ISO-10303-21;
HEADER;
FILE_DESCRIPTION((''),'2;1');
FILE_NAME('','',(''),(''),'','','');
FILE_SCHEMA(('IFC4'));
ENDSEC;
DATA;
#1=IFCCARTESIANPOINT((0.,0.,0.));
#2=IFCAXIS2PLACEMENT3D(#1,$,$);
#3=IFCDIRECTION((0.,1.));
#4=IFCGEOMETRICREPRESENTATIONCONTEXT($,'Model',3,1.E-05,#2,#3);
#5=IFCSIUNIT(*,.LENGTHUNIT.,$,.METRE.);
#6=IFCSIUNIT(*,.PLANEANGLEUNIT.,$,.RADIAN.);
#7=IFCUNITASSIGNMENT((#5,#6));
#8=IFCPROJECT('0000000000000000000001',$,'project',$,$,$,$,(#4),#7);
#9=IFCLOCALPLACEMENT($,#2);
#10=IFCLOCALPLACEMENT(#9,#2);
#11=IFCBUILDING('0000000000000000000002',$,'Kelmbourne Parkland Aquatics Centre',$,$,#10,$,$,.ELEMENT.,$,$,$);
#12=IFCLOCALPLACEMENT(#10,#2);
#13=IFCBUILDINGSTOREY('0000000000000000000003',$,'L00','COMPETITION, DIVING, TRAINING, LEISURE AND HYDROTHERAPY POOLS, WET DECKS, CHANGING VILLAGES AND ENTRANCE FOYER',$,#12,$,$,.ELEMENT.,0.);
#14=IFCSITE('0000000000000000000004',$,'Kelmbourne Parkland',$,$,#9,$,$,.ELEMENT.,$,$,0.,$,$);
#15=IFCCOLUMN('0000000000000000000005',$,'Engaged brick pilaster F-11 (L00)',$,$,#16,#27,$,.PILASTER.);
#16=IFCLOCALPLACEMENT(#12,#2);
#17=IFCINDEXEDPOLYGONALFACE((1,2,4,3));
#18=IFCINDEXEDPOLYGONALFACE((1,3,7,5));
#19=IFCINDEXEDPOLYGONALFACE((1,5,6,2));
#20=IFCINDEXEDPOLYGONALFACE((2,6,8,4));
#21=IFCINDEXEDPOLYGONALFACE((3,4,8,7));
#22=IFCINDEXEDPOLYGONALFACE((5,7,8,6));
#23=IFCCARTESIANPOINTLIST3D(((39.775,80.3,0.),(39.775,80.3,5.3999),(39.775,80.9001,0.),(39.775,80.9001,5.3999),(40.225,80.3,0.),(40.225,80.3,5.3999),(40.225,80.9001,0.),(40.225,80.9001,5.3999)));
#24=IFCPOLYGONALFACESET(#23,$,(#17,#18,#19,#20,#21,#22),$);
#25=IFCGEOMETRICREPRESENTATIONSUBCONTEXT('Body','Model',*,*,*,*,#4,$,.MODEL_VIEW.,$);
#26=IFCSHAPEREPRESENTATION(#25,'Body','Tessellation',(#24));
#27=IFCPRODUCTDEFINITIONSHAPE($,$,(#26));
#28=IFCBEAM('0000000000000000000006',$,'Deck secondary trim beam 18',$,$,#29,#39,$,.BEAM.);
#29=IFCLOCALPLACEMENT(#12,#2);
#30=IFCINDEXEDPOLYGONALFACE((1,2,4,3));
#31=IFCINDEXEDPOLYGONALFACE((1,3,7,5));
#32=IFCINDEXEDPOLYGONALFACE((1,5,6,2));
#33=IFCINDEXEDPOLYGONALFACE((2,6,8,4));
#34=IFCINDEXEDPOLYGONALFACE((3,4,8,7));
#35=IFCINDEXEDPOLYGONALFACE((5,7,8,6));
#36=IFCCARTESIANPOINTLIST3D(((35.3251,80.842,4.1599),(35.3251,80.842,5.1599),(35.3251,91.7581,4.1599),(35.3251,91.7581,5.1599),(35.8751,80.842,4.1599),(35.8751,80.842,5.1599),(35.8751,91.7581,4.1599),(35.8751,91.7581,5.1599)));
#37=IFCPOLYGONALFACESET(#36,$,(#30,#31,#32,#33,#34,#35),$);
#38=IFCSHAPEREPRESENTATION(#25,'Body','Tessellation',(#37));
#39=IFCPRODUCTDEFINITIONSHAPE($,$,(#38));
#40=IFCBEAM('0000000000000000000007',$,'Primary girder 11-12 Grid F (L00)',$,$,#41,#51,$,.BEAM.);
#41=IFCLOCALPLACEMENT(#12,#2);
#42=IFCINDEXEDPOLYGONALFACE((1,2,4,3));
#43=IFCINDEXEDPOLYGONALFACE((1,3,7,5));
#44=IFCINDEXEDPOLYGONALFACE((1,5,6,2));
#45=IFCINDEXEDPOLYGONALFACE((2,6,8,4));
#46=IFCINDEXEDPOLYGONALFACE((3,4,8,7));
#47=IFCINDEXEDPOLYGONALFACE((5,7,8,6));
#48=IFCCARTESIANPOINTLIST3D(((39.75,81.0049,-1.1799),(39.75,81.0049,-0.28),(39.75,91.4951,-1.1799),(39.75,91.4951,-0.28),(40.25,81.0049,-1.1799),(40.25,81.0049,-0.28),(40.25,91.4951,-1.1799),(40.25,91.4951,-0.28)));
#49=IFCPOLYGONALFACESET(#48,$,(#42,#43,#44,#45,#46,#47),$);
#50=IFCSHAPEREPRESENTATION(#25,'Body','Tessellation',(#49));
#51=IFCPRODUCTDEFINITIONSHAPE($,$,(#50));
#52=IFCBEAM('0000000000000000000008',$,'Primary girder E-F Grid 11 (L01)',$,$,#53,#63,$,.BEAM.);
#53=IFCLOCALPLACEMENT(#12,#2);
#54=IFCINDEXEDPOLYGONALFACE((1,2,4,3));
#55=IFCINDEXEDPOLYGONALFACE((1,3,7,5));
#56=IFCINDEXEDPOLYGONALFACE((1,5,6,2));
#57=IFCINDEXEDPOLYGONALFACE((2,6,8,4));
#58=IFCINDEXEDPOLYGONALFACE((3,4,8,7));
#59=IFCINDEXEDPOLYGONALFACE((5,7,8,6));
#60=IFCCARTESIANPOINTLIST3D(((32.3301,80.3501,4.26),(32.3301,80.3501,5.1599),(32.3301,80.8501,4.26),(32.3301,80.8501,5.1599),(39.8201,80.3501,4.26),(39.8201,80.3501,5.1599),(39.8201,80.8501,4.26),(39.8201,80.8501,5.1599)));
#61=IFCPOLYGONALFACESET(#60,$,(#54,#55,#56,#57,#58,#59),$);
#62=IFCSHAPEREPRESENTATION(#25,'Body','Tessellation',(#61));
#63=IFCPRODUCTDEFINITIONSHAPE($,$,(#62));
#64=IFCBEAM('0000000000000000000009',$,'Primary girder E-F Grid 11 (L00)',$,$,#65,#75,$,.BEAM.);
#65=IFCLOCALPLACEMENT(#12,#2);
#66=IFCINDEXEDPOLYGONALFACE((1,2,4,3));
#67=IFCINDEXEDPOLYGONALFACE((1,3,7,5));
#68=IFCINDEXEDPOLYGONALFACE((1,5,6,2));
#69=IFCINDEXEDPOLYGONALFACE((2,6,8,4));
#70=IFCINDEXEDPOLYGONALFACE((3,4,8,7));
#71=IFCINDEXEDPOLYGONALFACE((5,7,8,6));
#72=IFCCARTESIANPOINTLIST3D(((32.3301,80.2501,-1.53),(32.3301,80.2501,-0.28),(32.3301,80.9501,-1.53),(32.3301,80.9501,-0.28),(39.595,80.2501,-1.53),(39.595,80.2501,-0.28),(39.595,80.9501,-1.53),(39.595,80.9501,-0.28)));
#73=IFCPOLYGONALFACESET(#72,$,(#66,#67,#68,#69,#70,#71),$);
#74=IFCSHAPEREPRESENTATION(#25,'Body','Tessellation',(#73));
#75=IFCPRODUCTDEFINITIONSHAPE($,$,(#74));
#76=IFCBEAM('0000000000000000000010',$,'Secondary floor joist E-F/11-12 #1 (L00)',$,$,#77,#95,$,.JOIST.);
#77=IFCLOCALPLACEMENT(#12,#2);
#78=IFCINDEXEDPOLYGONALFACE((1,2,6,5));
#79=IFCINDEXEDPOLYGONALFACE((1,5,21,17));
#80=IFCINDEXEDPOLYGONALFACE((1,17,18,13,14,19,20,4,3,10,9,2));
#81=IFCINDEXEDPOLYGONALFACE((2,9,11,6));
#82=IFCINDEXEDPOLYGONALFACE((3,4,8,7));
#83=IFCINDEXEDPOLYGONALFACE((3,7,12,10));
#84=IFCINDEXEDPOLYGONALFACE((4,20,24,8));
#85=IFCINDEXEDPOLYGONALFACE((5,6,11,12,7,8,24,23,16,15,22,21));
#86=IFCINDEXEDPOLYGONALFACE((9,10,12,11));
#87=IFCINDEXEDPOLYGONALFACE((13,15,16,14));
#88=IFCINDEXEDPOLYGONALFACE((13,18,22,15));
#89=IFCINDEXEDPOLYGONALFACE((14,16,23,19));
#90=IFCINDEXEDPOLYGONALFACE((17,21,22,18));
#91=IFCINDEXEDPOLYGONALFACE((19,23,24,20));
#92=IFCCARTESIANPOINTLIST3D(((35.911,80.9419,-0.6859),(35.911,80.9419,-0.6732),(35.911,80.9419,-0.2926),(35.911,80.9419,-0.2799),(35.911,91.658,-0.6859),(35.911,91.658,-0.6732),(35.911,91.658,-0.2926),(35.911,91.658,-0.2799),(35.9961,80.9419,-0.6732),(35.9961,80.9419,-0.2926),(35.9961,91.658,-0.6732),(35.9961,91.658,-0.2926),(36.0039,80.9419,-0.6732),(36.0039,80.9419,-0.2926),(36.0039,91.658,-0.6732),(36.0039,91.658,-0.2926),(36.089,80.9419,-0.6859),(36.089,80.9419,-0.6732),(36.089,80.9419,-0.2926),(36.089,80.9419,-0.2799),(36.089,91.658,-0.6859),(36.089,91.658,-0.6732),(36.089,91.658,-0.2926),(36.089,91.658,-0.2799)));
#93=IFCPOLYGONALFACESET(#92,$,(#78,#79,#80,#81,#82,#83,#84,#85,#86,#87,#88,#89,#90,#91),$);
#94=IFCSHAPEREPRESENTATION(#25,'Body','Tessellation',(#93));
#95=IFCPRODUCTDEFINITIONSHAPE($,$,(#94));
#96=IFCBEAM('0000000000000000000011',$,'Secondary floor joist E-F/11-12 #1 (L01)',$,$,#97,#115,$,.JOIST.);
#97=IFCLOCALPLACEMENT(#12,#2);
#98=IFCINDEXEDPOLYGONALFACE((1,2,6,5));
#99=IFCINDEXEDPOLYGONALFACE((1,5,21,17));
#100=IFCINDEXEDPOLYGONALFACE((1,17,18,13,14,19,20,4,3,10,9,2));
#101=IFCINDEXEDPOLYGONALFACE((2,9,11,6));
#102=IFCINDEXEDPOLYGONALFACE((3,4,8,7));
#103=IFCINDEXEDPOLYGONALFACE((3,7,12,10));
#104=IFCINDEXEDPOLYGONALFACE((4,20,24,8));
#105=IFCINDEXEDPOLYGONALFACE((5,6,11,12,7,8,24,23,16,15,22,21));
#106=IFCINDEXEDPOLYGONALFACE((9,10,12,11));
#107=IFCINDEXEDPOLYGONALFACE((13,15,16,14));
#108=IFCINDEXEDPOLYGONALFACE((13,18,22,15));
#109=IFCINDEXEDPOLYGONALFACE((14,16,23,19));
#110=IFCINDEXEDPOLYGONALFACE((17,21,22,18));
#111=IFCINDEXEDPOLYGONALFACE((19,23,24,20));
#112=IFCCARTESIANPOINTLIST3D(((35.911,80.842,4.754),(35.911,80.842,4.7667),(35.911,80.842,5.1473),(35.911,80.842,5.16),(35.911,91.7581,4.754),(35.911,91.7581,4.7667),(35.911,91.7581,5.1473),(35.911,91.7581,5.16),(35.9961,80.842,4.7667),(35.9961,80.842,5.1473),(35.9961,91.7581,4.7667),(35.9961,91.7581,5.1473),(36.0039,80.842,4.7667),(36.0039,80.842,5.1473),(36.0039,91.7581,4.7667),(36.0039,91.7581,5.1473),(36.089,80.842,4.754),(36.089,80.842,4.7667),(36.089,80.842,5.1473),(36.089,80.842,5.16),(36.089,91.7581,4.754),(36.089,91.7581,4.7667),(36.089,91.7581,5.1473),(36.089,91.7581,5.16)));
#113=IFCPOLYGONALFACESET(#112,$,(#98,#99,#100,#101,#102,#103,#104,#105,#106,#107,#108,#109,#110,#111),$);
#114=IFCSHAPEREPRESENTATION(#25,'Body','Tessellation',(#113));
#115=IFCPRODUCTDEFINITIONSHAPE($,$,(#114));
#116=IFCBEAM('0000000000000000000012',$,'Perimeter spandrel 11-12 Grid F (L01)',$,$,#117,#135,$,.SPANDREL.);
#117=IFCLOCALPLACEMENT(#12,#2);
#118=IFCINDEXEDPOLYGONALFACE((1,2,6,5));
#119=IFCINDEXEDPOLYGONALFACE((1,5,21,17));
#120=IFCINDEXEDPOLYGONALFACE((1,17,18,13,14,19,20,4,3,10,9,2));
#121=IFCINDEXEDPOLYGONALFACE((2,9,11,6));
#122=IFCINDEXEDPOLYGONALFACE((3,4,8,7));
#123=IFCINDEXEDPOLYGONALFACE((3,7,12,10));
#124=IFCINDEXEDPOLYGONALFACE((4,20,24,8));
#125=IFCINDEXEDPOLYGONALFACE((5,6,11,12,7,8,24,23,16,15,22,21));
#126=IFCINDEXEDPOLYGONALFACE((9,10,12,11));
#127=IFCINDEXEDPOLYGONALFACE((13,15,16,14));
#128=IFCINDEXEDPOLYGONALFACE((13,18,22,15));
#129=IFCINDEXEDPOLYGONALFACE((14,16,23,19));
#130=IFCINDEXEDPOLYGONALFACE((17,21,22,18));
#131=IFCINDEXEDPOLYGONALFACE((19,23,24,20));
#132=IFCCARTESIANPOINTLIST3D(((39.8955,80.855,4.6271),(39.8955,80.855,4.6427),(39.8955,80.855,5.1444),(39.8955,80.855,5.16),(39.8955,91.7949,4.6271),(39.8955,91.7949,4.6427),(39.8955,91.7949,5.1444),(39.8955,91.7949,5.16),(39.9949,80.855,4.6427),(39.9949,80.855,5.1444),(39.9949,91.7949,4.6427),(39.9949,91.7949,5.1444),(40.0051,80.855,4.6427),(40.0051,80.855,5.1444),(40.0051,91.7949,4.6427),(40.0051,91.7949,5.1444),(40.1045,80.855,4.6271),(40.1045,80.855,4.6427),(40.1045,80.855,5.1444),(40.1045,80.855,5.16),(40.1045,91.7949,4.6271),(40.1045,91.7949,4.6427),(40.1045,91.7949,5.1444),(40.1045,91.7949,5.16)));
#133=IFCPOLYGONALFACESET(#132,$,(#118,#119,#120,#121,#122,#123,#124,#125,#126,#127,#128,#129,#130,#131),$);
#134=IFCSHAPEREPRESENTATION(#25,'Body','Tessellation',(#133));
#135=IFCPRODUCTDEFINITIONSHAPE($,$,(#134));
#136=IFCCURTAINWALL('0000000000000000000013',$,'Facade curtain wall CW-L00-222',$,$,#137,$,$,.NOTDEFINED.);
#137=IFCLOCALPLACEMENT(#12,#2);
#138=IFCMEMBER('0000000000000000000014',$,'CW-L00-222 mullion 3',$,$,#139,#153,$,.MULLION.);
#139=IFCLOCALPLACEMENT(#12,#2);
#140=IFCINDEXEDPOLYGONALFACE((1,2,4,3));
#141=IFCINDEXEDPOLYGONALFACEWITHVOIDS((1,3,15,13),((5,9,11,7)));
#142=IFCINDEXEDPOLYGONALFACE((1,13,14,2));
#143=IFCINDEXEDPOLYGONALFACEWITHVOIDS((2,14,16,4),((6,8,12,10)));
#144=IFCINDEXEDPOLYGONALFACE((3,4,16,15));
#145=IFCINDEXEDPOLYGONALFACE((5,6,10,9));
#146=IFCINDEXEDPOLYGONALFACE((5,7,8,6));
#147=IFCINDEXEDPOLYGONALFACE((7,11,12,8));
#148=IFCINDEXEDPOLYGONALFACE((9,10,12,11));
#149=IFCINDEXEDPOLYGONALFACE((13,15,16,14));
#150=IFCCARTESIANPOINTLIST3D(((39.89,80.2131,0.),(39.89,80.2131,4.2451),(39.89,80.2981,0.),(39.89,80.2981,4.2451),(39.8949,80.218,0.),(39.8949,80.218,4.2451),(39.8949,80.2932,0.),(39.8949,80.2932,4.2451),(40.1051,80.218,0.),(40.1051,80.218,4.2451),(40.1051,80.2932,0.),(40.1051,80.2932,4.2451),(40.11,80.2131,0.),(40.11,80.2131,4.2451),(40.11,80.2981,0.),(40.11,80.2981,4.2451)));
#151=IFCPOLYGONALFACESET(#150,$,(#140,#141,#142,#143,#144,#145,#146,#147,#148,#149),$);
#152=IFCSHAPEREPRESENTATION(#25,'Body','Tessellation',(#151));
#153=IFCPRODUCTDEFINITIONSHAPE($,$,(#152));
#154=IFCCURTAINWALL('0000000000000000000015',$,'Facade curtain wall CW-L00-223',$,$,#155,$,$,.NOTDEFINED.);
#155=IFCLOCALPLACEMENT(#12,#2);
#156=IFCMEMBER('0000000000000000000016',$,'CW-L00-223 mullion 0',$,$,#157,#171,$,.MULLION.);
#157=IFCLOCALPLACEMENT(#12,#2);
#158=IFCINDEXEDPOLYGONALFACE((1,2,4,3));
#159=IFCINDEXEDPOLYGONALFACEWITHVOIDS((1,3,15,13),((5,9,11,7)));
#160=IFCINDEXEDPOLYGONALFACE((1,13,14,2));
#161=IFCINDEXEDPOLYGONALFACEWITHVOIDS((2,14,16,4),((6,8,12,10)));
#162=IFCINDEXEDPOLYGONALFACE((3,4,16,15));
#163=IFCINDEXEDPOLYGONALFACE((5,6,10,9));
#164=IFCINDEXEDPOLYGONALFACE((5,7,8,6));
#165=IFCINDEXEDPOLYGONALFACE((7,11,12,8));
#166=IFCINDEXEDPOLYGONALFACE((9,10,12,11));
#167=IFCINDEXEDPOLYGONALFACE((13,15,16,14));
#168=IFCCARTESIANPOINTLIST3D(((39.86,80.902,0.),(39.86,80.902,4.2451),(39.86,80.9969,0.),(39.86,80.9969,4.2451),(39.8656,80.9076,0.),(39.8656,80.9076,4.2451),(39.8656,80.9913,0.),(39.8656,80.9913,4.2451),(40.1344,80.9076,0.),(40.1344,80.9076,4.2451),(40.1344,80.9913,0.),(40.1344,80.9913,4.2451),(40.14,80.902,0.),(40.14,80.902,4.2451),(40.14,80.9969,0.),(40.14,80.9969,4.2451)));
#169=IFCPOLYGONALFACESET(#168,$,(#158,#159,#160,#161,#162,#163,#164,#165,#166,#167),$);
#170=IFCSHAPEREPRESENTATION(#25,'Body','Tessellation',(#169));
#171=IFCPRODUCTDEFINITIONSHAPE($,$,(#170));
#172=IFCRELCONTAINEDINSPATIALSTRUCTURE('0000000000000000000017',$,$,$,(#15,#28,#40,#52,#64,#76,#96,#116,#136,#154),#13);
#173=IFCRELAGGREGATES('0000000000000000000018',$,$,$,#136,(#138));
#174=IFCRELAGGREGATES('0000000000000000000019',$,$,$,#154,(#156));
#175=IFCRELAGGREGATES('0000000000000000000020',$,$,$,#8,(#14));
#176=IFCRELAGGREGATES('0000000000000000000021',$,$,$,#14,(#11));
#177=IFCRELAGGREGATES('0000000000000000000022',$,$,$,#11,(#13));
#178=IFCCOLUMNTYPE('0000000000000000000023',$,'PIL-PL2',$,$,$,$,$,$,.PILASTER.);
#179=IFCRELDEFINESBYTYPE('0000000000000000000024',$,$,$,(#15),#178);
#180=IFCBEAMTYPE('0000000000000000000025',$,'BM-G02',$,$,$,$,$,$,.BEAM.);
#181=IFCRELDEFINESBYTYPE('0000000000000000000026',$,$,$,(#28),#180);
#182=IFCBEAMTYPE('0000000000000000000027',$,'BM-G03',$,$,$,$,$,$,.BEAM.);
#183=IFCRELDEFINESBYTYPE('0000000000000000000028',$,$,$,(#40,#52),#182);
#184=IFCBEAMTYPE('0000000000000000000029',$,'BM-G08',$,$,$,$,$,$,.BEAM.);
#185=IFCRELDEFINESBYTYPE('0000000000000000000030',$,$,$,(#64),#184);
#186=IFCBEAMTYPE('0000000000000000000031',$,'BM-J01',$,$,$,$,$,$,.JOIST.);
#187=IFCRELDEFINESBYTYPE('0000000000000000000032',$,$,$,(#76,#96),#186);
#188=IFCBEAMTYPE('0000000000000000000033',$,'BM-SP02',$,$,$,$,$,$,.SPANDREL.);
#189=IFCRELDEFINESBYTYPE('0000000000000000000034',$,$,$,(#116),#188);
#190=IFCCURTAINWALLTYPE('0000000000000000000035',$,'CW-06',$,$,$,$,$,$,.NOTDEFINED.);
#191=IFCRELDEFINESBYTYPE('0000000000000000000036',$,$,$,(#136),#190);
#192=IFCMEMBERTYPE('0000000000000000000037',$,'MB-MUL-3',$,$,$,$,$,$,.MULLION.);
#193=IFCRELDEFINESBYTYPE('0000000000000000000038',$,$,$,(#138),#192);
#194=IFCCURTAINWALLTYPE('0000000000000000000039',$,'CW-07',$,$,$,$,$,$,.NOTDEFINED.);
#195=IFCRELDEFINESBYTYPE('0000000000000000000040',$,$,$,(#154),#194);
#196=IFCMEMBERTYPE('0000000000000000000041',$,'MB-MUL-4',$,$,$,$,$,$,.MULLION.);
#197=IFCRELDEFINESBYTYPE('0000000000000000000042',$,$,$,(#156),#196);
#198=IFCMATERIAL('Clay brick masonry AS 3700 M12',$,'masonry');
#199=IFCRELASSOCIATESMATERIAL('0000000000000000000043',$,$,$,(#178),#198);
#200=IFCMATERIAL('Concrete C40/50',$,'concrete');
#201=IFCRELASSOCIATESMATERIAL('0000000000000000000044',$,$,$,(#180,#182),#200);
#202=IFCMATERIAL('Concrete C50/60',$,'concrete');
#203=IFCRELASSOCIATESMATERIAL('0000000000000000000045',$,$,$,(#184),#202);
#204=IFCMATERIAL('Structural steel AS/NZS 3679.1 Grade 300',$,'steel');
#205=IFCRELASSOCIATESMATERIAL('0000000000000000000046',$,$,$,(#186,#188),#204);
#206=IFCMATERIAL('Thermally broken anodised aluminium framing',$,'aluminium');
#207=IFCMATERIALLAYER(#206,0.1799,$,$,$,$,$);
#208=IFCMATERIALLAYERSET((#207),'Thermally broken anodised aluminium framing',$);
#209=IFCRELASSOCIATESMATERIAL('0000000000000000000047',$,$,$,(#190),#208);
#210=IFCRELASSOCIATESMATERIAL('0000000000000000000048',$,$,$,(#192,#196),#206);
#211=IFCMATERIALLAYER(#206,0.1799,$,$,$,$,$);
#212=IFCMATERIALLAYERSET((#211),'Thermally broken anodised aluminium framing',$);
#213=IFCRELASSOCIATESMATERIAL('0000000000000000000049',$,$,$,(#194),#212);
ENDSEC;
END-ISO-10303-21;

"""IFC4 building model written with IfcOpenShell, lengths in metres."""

from ifc_helpers import new_model, si_unit, direction, frame, origin, origin_2d, place, context, subcontext, project, spatial, rectangle, hollow_rectangle, i_section, extrude, material, layer, layer_set, material_profile, profile_set, type_object, element, aggregate, save


model = new_model("IFC4")

# Units and contexts
model_context = context("Model", 3, precision=1e-05, world=origin(), true_north=direction((0.0, 1.0)))
body_context = subcontext(model_context, "Body", "Model", "MODEL_VIEW")
ifc_project = project(units=[si_unit("LENGTHUNIT", "METRE"), si_unit("PLANEANGLEUNIT", "RADIAN")], contexts=[model_context])

# Site, building, storey
site_placement = place(None, origin())
site = spatial("IfcSite", under=ifc_project, at=site_placement, Name="Kelmbourne Parkland", CompositionType="ELEMENT", RefElevation=0.0)
building_placement = place(site_placement, origin())
building = spatial("IfcBuilding", under=site, at=building_placement, Name="Kelmbourne Parkland Aquatics Centre", CompositionType="ELEMENT")
storey_placement = place(building_placement, origin())
storey = spatial("IfcBuildingStorey", under=building, at=storey_placement, Name="L00", Description="COMPETITION, DIVING, TRAINING, LEISURE AND HYDROTHERAPY POOLS, WET DECKS, CHANGING VILLAGES AND ENTRANCE FOYER", CompositionType="ELEMENT", Elevation=0.0)

# Column
ifc_material_1 = material(Name="Clay brick masonry AS 3700 M12", Category="masonry")
ifc_material_profile_1 = material_profile(ifc_material_1, rectangle(XDim=0.45, YDim=0.6001, at=origin_2d()), Name="PIL 450x600")
ifc_profile_set_1 = profile_set([ifc_material_profile_1], Name="Clay brick masonry AS 3700 M12")
column_type = type_object("IfcColumnType", Name="PIL-PL2", PredefinedType="PILASTER", material=ifc_profile_set_1)
column_placement = place(storey_placement, frame((40.0, 80.6001, 0.0), z_axis=(0.0, 0.0, 1.0), x_axis=(1.0, 0.0, 0.0)))
element("IfcColumn", 1, at=column_placement, inside=storey, type_object=column_type, Name="Engaged brick pilaster F-11 (L00)", PredefinedType="PILASTER", context=body_context, shape_type="SweptSolid", body=[
    extrude(rectangle(XDim=0.45, YDim=0.6001, at=origin_2d()), origin(), (0.0, 0.0, 1.0), 5.3999),
])

# Beams
ifc_material_2 = material(Name="Concrete C40/50", Category="concrete")
ifc_material_profile_2 = material_profile(ifc_material_2, rectangle(XDim=0.55, YDim=1.0, at=origin_2d()), Name="RC 550x1000")
ifc_profile_set_2 = profile_set([ifc_material_profile_2], Name="Concrete C40/50")
beam_type_1 = type_object("IfcBeamType", Name="BM-G02", PredefinedType="BEAM", material=ifc_profile_set_2)
beam_1_placement = place(storey_placement, frame((35.6001, 80.842, 4.6599), z_axis=(0.0, 1.0, 0.0), x_axis=(-1.0, 0.0, 0.0)))
element("IfcBeam", 2, at=beam_1_placement, inside=storey, type_object=beam_type_1, Name="Deck secondary trim beam 18", PredefinedType="BEAM", context=body_context, shape_type="SweptSolid", body=[
    extrude(rectangle(XDim=0.55, YDim=1.0, at=origin_2d()), origin(), (0.0, 0.0, 1.0), 10.916),
])
ifc_material_profile_3 = material_profile(ifc_material_2, rectangle(XDim=0.5, YDim=0.8999, at=origin_2d()), Name="RC 500x900")
ifc_profile_set_3 = profile_set([ifc_material_profile_3], Name="Concrete C40/50")
beam_type_2 = type_object("IfcBeamType", Name="BM-G03", PredefinedType="BEAM", material=ifc_profile_set_3)
beam_2_placement = place(storey_placement, frame((40.0, 81.0049, -0.73), z_axis=(0.0, 1.0, 0.0), x_axis=(-1.0, 0.0, 0.0)))
element("IfcBeam", 3, at=beam_2_placement, inside=storey, type_object=beam_type_2, Name="Primary girder 11-12 Grid F (L00)", PredefinedType="BEAM", context=body_context, shape_type="SweptSolid", body=[
    extrude(rectangle(XDim=0.5, YDim=0.8999, at=origin_2d()), origin(), (0.0, 0.0, 1.0), 10.4902),
])
beam_3_placement = place(storey_placement, frame((32.3301, 80.6001, 4.71), z_axis=(1.0, 0.0, 0.0), x_axis=(0.0, 1.0, 0.0)))
element("IfcBeam", 4, at=beam_3_placement, inside=storey, type_object=beam_type_2, Name="Primary girder E-F Grid 11 (L01)", PredefinedType="BEAM", context=body_context, shape_type="SweptSolid", body=[
    extrude(rectangle(XDim=0.5, YDim=0.8999, at=origin_2d()), origin(), (0.0, 0.0, 1.0), 7.49),
])
ifc_material_3 = material(Name="Concrete C50/60", Category="concrete")
ifc_material_profile_4 = material_profile(ifc_material_3, rectangle(XDim=0.7, YDim=1.25, at=origin_2d()), Name="RC 700x1250")
ifc_profile_set_4 = profile_set([ifc_material_profile_4], Name="Concrete C50/60")
beam_type_3 = type_object("IfcBeamType", Name="BM-G08", PredefinedType="BEAM", material=ifc_profile_set_4)
beam_4_placement = place(storey_placement, frame((32.3301, 80.6001, -0.905), z_axis=(1.0, 0.0, 0.0), x_axis=(0.0, 1.0, 0.0)))
element("IfcBeam", 5, at=beam_4_placement, inside=storey, type_object=beam_type_3, Name="Primary girder E-F Grid 11 (L00)", PredefinedType="BEAM", context=body_context, shape_type="SweptSolid", body=[
    extrude(rectangle(XDim=0.7, YDim=1.25, at=origin_2d()), origin(), (0.0, 0.0, 1.0), 7.2649),
])
ifc_material_4 = material(Name="Structural steel AS/NZS 3679.1 Grade 300", Category="steel")
ifc_material_profile_5 = material_profile(ifc_material_4, i_section(OverallWidth=0.178, OverallDepth=0.406, WebThickness=0.0078, FlangeThickness=0.0127, at=origin_2d()), Name="410UB59.7")
ifc_profile_set_5 = profile_set([ifc_material_profile_5], Name="Structural steel AS/NZS 3679.1 Grade 300")
beam_type_4 = type_object("IfcBeamType", Name="BM-J01", PredefinedType="JOIST", material=ifc_profile_set_5)
beam_5_placement = place(storey_placement, frame((36.0, 80.9419, -0.4829), z_axis=(0.0, 1.0, 0.0), x_axis=(-1.0, 0.0, 0.0)))
element("IfcBeam", 6, at=beam_5_placement, inside=storey, type_object=beam_type_4, Name="Secondary floor joist E-F/11-12 #1 (L00)", PredefinedType="JOIST", context=body_context, shape_type="SweptSolid", body=[
    extrude(i_section(OverallWidth=0.178, OverallDepth=0.406, WebThickness=0.0078, FlangeThickness=0.0127, at=origin_2d()), origin(), (0.0, 0.0, 1.0), 10.7161),
])
beam_6_placement = place(storey_placement, frame((36.0, 80.842, 4.957), z_axis=(0.0, 1.0, 0.0), x_axis=(-1.0, 0.0, 0.0)))
element("IfcBeam", 7, at=beam_6_placement, inside=storey, type_object=beam_type_4, Name="Secondary floor joist E-F/11-12 #1 (L01)", PredefinedType="JOIST", context=body_context, shape_type="SweptSolid", body=[
    extrude(i_section(OverallWidth=0.178, OverallDepth=0.406, WebThickness=0.0078, FlangeThickness=0.0127, at=origin_2d()), origin(), (0.0, 0.0, 1.0), 10.916),
])
ifc_material_profile_6 = material_profile(ifc_material_4, i_section(OverallWidth=0.209, OverallDepth=0.533, WebThickness=0.0103, FlangeThickness=0.0156, at=origin_2d()), Name="530UB92.4")
ifc_profile_set_6 = profile_set([ifc_material_profile_6], Name="Structural steel AS/NZS 3679.1 Grade 300")
beam_type_5 = type_object("IfcBeamType", Name="BM-SP02", PredefinedType="SPANDREL", material=ifc_profile_set_6)
beam_7_placement = place(storey_placement, frame((40.0, 80.855, 4.8936), z_axis=(0.0, 1.0, 0.0), x_axis=(-1.0, 0.0, 0.0)))
element("IfcBeam", 8, at=beam_7_placement, inside=storey, type_object=beam_type_5, Name="Perimeter spandrel 11-12 Grid F (L01)", PredefinedType="SPANDREL", context=body_context, shape_type="SweptSolid", body=[
    extrude(i_section(OverallWidth=0.209, OverallDepth=0.533, WebThickness=0.0103, FlangeThickness=0.0156, at=origin_2d()), origin(), (0.0, 0.0, 1.0), 10.9399),
])

# Curtain wall, member
ifc_material_5 = material(Name="Thermally broken anodised aluminium framing", Category="aluminium")
ifc_layer_1 = layer(ifc_material_5, 0.1799)
ifc_layer_set_1 = layer_set([ifc_layer_1], Name="Thermally broken anodised aluminium framing")
curtain_wall_type_1 = type_object("IfcCurtainWallType", Name="CW-06", PredefinedType="NOTDEFINED", material=ifc_layer_set_1)
curtain_wall_1_placement = place(storey_placement, origin())
curtain_wall_1 = element("IfcCurtainWall", 9, at=curtain_wall_1_placement, inside=storey, type_object=curtain_wall_type_1, Name="Facade curtain wall CW-L00-222", PredefinedType="NOTDEFINED")
ifc_material_profile_7 = material_profile(ifc_material_5, hollow_rectangle(XDim=0.085, YDim=0.22, WallThickness=0.0049, at=origin_2d()), Name="CW-M 85x220")
ifc_profile_set_7 = profile_set([ifc_material_profile_7], Name="Thermally broken anodised aluminium framing")
member_type_1 = type_object("IfcMemberType", Name="MB-MUL-3", PredefinedType="MULLION", material=ifc_profile_set_7)
member_1_placement = place(storey_placement, frame((40.0, 80.2556, 0.0), z_axis=(0.0, 0.0, 1.0), x_axis=(0.0, 1.0, 0.0)))
member_1 = element("IfcMember", 10, at=member_1_placement, type_object=member_type_1, Name="CW-L00-222 mullion 3", PredefinedType="MULLION", context=body_context, shape_type="SweptSolid", body=[
    extrude(hollow_rectangle(XDim=0.085, YDim=0.22, WallThickness=0.0049, at=origin_2d()), origin(), (0.0, 0.0, 1.0), 4.2451),
])
aggregate(curtain_wall_1, [member_1])

# Curtain wall, member
ifc_layer_2 = layer(ifc_material_5, 0.1799)
ifc_layer_set_2 = layer_set([ifc_layer_2], Name="Thermally broken anodised aluminium framing")
curtain_wall_type_2 = type_object("IfcCurtainWallType", Name="CW-07", PredefinedType="NOTDEFINED", material=ifc_layer_set_2)
curtain_wall_2_placement = place(storey_placement, origin())
curtain_wall_2 = element("IfcCurtainWall", 11, at=curtain_wall_2_placement, inside=storey, type_object=curtain_wall_type_2, Name="Facade curtain wall CW-L00-223", PredefinedType="NOTDEFINED")
ifc_material_profile_8 = material_profile(ifc_material_5, hollow_rectangle(XDim=0.095, YDim=0.28, WallThickness=0.0056, at=origin_2d()), Name="CW-M 95x280")
ifc_profile_set_8 = profile_set([ifc_material_profile_8], Name="Thermally broken anodised aluminium framing")
member_type_2 = type_object("IfcMemberType", Name="MB-MUL-4", PredefinedType="MULLION", material=ifc_profile_set_8)
member_2_placement = place(storey_placement, frame((40.0, 80.9495, 0.0), z_axis=(0.0, 0.0, 1.0), x_axis=(0.0, 1.0, 0.0)))
member_2 = element("IfcMember", 12, at=member_2_placement, type_object=member_type_2, Name="CW-L00-223 mullion 0", PredefinedType="MULLION", context=body_context, shape_type="SweptSolid", body=[
    extrude(hollow_rectangle(XDim=0.095, YDim=0.28, WallThickness=0.0056, at=origin_2d()), origin(), (0.0, 0.0, 1.0), 4.2451),
])
aggregate(curtain_wall_2, [member_2])

save(model, "model.ifc")
